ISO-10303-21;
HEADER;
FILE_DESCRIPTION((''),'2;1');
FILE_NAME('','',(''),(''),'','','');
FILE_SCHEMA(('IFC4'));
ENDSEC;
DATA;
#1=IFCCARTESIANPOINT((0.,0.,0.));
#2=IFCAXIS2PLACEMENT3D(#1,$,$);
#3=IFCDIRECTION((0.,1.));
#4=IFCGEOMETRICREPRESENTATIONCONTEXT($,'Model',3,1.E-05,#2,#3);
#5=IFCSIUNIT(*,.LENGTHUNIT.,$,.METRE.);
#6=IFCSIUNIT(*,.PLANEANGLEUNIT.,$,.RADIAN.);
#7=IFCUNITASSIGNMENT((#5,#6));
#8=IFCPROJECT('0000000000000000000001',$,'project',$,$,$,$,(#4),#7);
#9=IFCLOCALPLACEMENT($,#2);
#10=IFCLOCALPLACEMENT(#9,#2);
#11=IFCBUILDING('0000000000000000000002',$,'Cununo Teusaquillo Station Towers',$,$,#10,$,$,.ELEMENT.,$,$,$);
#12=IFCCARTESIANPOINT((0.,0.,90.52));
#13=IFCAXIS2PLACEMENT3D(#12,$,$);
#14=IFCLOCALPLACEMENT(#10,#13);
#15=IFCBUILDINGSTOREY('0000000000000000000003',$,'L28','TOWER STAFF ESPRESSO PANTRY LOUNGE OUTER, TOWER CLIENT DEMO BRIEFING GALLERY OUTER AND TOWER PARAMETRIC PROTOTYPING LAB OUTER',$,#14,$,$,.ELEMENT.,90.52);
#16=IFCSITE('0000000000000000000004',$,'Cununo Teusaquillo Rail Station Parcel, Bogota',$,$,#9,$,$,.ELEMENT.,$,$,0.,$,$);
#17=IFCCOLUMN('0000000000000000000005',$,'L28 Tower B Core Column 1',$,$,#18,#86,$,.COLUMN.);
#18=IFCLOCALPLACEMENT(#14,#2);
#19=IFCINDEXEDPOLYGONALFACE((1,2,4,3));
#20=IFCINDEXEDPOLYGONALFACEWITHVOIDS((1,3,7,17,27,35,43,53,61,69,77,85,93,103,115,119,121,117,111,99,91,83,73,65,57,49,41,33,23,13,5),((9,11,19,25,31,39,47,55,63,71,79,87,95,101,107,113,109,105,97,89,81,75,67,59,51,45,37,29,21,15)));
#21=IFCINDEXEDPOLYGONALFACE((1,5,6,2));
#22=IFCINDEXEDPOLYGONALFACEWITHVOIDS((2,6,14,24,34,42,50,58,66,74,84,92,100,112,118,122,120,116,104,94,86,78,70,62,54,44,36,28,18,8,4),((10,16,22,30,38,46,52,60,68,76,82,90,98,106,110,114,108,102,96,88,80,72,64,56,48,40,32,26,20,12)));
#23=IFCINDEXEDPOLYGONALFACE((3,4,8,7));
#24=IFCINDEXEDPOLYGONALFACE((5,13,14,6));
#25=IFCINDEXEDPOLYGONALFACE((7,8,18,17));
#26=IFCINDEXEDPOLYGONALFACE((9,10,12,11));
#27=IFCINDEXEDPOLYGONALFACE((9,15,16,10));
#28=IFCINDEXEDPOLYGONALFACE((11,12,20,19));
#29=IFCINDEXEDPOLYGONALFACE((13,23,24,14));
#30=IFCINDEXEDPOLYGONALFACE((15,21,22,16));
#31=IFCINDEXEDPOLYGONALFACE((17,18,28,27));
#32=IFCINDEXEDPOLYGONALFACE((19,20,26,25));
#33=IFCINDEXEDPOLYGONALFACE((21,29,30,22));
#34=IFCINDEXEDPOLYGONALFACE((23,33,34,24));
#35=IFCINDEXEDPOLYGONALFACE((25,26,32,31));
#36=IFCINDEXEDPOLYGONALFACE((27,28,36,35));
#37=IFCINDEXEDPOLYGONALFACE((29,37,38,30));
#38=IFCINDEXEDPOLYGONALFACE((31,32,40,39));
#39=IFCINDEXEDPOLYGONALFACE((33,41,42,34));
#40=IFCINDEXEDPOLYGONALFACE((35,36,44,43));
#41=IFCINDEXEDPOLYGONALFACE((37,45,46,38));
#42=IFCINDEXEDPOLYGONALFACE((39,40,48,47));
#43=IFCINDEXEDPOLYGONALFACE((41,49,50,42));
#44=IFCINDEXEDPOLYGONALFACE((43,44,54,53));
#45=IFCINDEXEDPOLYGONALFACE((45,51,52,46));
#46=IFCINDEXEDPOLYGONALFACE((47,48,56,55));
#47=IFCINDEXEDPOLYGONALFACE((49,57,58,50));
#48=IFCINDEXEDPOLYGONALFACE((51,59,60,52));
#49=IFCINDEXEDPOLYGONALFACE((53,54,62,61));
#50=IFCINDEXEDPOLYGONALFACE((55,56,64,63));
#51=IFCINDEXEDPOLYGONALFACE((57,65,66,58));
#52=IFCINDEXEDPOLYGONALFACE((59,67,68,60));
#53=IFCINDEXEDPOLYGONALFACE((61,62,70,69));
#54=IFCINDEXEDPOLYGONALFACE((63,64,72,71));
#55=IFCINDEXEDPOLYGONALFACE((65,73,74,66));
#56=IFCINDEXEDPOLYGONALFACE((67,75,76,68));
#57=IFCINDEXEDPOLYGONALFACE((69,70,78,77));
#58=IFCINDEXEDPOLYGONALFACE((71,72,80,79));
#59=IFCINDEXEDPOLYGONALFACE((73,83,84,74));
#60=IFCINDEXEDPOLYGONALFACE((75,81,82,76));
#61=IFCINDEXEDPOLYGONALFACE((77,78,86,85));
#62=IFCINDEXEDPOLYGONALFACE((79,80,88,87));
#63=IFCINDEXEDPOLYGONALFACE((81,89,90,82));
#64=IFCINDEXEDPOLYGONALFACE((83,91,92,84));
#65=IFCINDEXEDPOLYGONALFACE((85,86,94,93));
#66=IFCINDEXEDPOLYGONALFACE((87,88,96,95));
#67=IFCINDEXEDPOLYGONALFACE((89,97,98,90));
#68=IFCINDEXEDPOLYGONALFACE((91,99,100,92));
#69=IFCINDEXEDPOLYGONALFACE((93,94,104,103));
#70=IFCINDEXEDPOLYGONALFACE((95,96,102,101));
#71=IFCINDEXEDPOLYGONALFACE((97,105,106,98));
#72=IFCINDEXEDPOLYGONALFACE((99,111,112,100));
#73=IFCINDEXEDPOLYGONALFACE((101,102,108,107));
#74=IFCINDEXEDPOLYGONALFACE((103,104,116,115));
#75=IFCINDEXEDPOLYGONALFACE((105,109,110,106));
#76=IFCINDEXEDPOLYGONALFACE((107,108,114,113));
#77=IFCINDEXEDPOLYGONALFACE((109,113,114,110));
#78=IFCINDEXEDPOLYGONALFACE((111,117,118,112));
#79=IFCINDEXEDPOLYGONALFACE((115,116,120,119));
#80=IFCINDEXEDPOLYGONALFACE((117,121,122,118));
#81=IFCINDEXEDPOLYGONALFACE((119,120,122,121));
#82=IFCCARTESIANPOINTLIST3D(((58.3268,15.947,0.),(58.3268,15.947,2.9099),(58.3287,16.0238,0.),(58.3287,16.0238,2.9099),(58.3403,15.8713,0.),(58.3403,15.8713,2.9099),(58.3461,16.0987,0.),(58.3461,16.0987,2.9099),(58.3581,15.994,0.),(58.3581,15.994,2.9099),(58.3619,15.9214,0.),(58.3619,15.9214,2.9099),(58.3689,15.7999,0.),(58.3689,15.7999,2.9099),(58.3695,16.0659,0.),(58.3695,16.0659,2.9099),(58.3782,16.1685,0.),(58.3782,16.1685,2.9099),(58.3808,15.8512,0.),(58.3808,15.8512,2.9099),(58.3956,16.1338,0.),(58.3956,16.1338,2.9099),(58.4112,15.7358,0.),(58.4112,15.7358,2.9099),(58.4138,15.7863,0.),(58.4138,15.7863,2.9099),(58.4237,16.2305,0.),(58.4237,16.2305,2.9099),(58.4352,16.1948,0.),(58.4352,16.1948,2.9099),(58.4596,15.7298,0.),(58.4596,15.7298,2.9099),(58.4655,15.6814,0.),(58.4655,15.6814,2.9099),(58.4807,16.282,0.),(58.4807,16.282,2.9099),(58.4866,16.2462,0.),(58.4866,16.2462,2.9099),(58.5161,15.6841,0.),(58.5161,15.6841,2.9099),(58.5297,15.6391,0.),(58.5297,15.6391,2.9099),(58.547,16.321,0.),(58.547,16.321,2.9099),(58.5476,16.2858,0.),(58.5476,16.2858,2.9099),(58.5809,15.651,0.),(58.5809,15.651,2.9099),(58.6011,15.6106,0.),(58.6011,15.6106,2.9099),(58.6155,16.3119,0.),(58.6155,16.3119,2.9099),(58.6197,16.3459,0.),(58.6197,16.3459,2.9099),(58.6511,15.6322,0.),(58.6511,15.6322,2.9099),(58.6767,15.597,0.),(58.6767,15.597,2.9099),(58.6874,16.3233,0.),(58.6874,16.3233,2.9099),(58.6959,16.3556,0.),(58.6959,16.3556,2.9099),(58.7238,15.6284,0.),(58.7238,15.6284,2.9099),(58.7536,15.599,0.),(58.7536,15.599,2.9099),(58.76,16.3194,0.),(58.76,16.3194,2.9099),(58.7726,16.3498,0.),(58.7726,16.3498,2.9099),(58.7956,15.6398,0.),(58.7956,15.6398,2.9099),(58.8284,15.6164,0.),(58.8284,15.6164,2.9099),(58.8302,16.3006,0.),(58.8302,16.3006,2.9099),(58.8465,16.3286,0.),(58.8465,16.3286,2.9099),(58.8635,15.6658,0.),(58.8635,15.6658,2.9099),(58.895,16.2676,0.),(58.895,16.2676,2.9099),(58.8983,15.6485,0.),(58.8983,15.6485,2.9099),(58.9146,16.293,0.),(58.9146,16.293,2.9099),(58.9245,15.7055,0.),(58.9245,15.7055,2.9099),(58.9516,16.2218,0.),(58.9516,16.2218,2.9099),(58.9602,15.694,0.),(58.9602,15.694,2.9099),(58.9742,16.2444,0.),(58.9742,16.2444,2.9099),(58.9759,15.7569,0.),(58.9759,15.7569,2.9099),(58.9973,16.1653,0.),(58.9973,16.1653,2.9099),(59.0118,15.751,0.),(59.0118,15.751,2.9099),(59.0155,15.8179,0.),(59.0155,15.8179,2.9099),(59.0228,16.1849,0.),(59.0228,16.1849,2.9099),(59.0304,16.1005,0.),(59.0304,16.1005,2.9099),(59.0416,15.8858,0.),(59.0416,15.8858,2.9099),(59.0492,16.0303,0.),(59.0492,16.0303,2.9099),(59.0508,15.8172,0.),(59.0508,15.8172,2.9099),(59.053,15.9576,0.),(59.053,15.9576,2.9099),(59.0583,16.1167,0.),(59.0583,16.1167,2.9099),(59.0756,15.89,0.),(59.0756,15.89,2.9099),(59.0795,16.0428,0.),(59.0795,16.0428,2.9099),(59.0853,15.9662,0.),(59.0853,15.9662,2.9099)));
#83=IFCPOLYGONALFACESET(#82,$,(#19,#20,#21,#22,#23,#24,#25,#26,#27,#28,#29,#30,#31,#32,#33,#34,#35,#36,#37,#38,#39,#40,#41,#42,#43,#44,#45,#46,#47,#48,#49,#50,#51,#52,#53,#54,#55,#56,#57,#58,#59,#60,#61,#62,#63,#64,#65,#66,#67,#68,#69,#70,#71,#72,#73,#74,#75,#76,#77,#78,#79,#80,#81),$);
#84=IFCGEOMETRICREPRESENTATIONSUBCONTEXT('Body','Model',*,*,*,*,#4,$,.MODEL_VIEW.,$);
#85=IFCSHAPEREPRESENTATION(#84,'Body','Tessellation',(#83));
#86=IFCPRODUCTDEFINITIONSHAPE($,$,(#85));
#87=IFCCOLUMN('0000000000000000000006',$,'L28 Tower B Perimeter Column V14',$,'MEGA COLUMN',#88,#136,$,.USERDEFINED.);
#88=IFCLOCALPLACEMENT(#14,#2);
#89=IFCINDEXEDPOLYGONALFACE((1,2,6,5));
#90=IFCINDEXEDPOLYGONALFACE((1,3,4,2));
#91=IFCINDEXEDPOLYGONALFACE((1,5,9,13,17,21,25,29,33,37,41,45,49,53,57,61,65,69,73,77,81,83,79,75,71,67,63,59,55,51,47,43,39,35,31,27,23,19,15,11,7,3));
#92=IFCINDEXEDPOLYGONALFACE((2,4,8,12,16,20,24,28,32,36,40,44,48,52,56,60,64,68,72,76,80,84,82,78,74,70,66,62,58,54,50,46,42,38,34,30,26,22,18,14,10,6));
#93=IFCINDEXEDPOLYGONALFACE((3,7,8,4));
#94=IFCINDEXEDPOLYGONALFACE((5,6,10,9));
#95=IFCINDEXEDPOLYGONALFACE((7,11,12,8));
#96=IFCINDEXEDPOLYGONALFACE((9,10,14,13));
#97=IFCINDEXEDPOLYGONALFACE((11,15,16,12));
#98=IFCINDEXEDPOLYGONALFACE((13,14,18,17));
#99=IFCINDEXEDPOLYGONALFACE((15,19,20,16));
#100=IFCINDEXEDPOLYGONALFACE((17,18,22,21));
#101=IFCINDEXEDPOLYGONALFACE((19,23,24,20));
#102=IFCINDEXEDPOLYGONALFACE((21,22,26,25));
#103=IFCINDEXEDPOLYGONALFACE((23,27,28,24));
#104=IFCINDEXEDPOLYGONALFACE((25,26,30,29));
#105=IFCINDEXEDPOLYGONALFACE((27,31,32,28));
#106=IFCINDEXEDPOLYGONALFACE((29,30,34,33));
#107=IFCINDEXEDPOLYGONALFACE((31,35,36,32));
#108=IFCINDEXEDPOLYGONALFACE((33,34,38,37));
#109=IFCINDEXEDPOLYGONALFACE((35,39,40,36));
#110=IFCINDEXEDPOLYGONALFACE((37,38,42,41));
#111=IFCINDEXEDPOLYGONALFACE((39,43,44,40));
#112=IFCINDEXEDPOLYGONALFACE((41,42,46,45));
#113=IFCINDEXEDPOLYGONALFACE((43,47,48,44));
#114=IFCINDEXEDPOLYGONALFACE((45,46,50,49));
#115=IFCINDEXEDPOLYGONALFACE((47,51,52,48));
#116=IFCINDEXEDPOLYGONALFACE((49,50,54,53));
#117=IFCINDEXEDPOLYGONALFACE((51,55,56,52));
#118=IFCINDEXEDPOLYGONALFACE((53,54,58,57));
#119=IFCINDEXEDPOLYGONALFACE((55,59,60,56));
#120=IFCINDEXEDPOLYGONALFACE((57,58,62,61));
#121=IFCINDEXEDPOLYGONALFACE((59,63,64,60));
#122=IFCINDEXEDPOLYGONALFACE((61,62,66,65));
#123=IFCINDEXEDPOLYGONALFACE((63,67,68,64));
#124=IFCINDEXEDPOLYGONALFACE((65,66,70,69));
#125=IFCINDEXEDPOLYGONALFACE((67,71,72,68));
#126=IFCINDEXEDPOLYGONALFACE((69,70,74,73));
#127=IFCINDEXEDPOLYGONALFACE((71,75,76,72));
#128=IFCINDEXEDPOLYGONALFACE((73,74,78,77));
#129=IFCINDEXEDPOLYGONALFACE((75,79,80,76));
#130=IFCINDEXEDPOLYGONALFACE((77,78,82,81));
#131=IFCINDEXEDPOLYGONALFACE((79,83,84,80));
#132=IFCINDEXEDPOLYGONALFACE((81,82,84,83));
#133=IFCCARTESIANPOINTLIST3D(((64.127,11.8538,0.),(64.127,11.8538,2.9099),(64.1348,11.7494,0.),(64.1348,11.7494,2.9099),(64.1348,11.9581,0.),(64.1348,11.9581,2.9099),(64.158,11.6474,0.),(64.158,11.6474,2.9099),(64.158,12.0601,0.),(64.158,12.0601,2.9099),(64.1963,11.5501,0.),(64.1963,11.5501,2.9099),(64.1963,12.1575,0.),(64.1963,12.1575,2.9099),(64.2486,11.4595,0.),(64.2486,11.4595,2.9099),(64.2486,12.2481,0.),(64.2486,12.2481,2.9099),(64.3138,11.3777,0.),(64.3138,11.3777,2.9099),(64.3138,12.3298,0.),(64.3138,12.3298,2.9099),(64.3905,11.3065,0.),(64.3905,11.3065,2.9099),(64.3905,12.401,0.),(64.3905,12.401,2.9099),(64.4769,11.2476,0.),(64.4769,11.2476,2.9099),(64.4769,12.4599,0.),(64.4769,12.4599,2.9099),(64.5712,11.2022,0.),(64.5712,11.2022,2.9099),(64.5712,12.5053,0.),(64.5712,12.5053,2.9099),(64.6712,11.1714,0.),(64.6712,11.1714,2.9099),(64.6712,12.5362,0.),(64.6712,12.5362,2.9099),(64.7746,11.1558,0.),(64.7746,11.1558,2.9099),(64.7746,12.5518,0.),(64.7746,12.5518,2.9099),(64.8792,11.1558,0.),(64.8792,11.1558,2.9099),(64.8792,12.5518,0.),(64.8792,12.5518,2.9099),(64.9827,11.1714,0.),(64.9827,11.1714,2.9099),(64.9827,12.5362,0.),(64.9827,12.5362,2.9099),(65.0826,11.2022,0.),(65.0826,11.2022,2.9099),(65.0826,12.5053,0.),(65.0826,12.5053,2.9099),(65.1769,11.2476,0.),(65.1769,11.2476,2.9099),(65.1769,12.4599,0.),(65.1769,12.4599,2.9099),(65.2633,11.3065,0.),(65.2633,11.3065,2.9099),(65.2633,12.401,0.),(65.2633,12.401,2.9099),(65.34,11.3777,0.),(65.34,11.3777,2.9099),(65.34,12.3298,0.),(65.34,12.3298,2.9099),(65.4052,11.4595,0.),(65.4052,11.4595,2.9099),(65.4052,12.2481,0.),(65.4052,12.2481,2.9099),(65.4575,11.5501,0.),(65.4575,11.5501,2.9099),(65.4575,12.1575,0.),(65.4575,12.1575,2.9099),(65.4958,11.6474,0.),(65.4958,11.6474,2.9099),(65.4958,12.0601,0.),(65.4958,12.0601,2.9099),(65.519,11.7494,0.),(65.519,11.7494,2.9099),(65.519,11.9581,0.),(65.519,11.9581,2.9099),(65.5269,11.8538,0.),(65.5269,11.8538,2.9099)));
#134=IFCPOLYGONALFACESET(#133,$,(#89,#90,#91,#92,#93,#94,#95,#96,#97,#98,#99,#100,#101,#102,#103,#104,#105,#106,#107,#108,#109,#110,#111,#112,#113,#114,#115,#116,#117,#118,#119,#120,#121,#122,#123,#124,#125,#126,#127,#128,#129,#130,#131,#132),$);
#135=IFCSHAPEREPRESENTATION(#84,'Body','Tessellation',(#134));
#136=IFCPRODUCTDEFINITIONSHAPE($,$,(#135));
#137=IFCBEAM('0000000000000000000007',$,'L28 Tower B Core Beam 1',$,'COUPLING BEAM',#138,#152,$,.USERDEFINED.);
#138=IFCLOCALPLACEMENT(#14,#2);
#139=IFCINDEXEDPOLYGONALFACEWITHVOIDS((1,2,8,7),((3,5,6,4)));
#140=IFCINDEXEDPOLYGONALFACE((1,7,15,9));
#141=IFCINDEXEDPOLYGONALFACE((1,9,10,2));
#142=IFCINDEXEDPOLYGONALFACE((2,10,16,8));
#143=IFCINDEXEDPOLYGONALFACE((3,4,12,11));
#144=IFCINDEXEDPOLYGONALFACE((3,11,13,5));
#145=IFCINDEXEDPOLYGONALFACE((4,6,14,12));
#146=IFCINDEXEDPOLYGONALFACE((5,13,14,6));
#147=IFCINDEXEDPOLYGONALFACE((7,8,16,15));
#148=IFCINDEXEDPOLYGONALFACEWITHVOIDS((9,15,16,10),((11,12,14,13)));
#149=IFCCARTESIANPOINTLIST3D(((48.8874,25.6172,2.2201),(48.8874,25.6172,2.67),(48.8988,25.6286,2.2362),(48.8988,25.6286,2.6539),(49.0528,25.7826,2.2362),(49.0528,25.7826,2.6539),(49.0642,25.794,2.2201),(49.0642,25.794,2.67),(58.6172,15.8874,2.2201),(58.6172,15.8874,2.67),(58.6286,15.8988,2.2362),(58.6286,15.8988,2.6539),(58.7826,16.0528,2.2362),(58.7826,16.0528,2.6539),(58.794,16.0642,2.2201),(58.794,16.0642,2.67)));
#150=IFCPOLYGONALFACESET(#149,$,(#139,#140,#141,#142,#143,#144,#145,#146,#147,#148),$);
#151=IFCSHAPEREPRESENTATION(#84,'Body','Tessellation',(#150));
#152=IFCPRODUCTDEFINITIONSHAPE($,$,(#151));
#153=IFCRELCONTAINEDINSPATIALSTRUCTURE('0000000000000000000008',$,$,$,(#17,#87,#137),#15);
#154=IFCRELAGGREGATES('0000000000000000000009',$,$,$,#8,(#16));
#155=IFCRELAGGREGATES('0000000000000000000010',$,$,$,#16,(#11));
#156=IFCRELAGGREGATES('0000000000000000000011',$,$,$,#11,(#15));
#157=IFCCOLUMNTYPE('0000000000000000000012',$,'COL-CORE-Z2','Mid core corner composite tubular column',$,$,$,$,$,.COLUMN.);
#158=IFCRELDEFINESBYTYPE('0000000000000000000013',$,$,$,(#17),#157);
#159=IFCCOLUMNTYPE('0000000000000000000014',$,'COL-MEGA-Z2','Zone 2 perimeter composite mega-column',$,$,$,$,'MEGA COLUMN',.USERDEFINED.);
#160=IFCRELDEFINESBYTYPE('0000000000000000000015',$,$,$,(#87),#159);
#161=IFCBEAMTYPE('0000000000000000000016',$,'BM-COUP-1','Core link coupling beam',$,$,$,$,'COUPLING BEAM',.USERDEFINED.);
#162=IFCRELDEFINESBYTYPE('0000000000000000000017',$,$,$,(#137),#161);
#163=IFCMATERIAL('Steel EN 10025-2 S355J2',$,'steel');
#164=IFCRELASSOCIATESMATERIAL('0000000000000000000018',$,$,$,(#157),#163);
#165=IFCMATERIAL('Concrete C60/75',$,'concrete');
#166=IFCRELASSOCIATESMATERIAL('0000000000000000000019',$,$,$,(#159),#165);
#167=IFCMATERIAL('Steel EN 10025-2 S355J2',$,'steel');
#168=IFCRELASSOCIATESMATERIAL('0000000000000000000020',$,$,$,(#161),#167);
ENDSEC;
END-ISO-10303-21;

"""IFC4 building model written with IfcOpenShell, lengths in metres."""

from ifc_helpers import new_model, si_unit, direction, frame, origin, origin_2d, place, context, subcontext, project, spatial, hollow_rectangle, circle, hollow_circle, extrude, material, material_profile, profile_set, type_object, element, save


model = new_model("IFC4")

# Units and contexts
model_context = context("Model", 3, precision=1e-05, world=origin(), true_north=direction((0.0, 1.0)))
body_context = subcontext(model_context, "Body", "Model", "MODEL_VIEW")
ifc_project = project(units=[si_unit("LENGTHUNIT", "METRE"), si_unit("PLANEANGLEUNIT", "RADIAN")], contexts=[model_context])

# Site, building, storey
site_placement = place(None, origin())
site = spatial("IfcSite", under=ifc_project, at=site_placement, Name="Cununo Teusaquillo Rail Station Parcel, Bogota", CompositionType="ELEMENT", RefElevation=0.0)
building_placement = place(site_placement, origin())
building = spatial("IfcBuilding", under=site, at=building_placement, Name="Cununo Teusaquillo Station Towers", CompositionType="ELEMENT")
storey_placement = place(building_placement, frame((0.0, 0.0, 90.52)))
storey = spatial("IfcBuildingStorey", under=building, at=storey_placement, Name="L28", Description="TOWER STAFF ESPRESSO PANTRY LOUNGE OUTER, TOWER CLIENT DEMO BRIEFING GALLERY OUTER AND TOWER PARAMETRIC PROTOTYPING LAB OUTER", CompositionType="ELEMENT", Elevation=90.52)

# Columns
ifc_material_1 = material(Name="Steel EN 10025-2 S355J2", Category="steel")
ifc_material_profile_1 = material_profile(ifc_material_1, hollow_circle(Radius=0.3799, WallThickness=0.032, at=origin_2d()), Name="CHS 760x32")
ifc_profile_set_1 = profile_set([ifc_material_profile_1], Name="Steel EN 10025-2 S355J2")
column_type_1 = type_object("IfcColumnType", Name="COL-CORE-Z2", Description="Mid core corner composite tubular column", PredefinedType="COLUMN", material=ifc_profile_set_1)
column_1_placement = place(storey_placement, frame((58.7056, 15.9758, 0.0), z_axis=(0.0, 0.0, 1.0), x_axis=(0.707107, 0.707107, 0.0)))
element("IfcColumn", 1, at=column_1_placement, inside=storey, type_object=column_type_1, Name="L28 Tower B Core Column 1", PredefinedType="COLUMN", context=body_context, shape_type="SweptSolid", body=[
    extrude(hollow_circle(Radius=0.3799, WallThickness=0.032, at=origin_2d()), origin(), (0.0, 0.0, 1.0), 2.9099),
])
ifc_material_2 = material(Name="Concrete C60/75", Category="concrete")
ifc_material_profile_2 = material_profile(ifc_material_2, circle(Radius=0.7, at=origin_2d()), Name="RC-CIRC-1400")
ifc_profile_set_2 = profile_set([ifc_material_profile_2], Name="Concrete C60/75")
column_type_2 = type_object("IfcColumnType", Name="COL-MEGA-Z2", Description="Zone 2 perimeter composite mega-column", ElementType="MEGA COLUMN", PredefinedType="USERDEFINED", material=ifc_profile_set_2)
column_2_placement = place(storey_placement, frame((64.8269, 11.8538, 0.0), z_axis=(0.0, 0.0, 1.0), x_axis=(1.0, 0.0, 0.0)))
element("IfcColumn", 2, at=column_2_placement, inside=storey, type_object=column_type_2, Name="L28 Tower B Perimeter Column V14", ObjectType="MEGA COLUMN", PredefinedType="USERDEFINED", context=body_context, shape_type="SweptSolid", body=[
    extrude(circle(Radius=0.7, at=origin_2d()), origin(), (0.0, 0.0, 1.0), 2.9099),
])

# Beam
ifc_material_3 = material(Name="Steel EN 10025-2 S355J2", Category="steel")
ifc_material_profile_3 = material_profile(ifc_material_3, hollow_rectangle(XDim=0.25, YDim=0.45, WallThickness=0.0161, at=origin_2d()), Name="RHS 450x250x16")
ifc_profile_set_3 = profile_set([ifc_material_profile_3], Name="Steel EN 10025-2 S355J2")
beam_type_1 = type_object("IfcBeamType", Name="BM-COUP-1", Description="Core link coupling beam", ElementType="COUPLING BEAM", PredefinedType="USERDEFINED", material=ifc_profile_set_3)
beam_1_placement = place(storey_placement, frame((58.7056, 15.9758, 2.4451), z_axis=(-0.707107, 0.707107, 0.0), x_axis=(-0.707107, -0.707107, 0.0)))
element("IfcBeam", 3, at=beam_1_placement, inside=storey, type_object=beam_type_1, Name="L28 Tower B Core Beam 1", ObjectType="COUPLING BEAM", PredefinedType="USERDEFINED", context=body_context, shape_type="SweptSolid", body=[
    extrude(hollow_rectangle(XDim=0.25, YDim=0.45, WallThickness=0.0161, at=origin_2d()), origin(), (0.0, 0.0, 1.0), 13.76),
])

save(model, "model.ifc")
